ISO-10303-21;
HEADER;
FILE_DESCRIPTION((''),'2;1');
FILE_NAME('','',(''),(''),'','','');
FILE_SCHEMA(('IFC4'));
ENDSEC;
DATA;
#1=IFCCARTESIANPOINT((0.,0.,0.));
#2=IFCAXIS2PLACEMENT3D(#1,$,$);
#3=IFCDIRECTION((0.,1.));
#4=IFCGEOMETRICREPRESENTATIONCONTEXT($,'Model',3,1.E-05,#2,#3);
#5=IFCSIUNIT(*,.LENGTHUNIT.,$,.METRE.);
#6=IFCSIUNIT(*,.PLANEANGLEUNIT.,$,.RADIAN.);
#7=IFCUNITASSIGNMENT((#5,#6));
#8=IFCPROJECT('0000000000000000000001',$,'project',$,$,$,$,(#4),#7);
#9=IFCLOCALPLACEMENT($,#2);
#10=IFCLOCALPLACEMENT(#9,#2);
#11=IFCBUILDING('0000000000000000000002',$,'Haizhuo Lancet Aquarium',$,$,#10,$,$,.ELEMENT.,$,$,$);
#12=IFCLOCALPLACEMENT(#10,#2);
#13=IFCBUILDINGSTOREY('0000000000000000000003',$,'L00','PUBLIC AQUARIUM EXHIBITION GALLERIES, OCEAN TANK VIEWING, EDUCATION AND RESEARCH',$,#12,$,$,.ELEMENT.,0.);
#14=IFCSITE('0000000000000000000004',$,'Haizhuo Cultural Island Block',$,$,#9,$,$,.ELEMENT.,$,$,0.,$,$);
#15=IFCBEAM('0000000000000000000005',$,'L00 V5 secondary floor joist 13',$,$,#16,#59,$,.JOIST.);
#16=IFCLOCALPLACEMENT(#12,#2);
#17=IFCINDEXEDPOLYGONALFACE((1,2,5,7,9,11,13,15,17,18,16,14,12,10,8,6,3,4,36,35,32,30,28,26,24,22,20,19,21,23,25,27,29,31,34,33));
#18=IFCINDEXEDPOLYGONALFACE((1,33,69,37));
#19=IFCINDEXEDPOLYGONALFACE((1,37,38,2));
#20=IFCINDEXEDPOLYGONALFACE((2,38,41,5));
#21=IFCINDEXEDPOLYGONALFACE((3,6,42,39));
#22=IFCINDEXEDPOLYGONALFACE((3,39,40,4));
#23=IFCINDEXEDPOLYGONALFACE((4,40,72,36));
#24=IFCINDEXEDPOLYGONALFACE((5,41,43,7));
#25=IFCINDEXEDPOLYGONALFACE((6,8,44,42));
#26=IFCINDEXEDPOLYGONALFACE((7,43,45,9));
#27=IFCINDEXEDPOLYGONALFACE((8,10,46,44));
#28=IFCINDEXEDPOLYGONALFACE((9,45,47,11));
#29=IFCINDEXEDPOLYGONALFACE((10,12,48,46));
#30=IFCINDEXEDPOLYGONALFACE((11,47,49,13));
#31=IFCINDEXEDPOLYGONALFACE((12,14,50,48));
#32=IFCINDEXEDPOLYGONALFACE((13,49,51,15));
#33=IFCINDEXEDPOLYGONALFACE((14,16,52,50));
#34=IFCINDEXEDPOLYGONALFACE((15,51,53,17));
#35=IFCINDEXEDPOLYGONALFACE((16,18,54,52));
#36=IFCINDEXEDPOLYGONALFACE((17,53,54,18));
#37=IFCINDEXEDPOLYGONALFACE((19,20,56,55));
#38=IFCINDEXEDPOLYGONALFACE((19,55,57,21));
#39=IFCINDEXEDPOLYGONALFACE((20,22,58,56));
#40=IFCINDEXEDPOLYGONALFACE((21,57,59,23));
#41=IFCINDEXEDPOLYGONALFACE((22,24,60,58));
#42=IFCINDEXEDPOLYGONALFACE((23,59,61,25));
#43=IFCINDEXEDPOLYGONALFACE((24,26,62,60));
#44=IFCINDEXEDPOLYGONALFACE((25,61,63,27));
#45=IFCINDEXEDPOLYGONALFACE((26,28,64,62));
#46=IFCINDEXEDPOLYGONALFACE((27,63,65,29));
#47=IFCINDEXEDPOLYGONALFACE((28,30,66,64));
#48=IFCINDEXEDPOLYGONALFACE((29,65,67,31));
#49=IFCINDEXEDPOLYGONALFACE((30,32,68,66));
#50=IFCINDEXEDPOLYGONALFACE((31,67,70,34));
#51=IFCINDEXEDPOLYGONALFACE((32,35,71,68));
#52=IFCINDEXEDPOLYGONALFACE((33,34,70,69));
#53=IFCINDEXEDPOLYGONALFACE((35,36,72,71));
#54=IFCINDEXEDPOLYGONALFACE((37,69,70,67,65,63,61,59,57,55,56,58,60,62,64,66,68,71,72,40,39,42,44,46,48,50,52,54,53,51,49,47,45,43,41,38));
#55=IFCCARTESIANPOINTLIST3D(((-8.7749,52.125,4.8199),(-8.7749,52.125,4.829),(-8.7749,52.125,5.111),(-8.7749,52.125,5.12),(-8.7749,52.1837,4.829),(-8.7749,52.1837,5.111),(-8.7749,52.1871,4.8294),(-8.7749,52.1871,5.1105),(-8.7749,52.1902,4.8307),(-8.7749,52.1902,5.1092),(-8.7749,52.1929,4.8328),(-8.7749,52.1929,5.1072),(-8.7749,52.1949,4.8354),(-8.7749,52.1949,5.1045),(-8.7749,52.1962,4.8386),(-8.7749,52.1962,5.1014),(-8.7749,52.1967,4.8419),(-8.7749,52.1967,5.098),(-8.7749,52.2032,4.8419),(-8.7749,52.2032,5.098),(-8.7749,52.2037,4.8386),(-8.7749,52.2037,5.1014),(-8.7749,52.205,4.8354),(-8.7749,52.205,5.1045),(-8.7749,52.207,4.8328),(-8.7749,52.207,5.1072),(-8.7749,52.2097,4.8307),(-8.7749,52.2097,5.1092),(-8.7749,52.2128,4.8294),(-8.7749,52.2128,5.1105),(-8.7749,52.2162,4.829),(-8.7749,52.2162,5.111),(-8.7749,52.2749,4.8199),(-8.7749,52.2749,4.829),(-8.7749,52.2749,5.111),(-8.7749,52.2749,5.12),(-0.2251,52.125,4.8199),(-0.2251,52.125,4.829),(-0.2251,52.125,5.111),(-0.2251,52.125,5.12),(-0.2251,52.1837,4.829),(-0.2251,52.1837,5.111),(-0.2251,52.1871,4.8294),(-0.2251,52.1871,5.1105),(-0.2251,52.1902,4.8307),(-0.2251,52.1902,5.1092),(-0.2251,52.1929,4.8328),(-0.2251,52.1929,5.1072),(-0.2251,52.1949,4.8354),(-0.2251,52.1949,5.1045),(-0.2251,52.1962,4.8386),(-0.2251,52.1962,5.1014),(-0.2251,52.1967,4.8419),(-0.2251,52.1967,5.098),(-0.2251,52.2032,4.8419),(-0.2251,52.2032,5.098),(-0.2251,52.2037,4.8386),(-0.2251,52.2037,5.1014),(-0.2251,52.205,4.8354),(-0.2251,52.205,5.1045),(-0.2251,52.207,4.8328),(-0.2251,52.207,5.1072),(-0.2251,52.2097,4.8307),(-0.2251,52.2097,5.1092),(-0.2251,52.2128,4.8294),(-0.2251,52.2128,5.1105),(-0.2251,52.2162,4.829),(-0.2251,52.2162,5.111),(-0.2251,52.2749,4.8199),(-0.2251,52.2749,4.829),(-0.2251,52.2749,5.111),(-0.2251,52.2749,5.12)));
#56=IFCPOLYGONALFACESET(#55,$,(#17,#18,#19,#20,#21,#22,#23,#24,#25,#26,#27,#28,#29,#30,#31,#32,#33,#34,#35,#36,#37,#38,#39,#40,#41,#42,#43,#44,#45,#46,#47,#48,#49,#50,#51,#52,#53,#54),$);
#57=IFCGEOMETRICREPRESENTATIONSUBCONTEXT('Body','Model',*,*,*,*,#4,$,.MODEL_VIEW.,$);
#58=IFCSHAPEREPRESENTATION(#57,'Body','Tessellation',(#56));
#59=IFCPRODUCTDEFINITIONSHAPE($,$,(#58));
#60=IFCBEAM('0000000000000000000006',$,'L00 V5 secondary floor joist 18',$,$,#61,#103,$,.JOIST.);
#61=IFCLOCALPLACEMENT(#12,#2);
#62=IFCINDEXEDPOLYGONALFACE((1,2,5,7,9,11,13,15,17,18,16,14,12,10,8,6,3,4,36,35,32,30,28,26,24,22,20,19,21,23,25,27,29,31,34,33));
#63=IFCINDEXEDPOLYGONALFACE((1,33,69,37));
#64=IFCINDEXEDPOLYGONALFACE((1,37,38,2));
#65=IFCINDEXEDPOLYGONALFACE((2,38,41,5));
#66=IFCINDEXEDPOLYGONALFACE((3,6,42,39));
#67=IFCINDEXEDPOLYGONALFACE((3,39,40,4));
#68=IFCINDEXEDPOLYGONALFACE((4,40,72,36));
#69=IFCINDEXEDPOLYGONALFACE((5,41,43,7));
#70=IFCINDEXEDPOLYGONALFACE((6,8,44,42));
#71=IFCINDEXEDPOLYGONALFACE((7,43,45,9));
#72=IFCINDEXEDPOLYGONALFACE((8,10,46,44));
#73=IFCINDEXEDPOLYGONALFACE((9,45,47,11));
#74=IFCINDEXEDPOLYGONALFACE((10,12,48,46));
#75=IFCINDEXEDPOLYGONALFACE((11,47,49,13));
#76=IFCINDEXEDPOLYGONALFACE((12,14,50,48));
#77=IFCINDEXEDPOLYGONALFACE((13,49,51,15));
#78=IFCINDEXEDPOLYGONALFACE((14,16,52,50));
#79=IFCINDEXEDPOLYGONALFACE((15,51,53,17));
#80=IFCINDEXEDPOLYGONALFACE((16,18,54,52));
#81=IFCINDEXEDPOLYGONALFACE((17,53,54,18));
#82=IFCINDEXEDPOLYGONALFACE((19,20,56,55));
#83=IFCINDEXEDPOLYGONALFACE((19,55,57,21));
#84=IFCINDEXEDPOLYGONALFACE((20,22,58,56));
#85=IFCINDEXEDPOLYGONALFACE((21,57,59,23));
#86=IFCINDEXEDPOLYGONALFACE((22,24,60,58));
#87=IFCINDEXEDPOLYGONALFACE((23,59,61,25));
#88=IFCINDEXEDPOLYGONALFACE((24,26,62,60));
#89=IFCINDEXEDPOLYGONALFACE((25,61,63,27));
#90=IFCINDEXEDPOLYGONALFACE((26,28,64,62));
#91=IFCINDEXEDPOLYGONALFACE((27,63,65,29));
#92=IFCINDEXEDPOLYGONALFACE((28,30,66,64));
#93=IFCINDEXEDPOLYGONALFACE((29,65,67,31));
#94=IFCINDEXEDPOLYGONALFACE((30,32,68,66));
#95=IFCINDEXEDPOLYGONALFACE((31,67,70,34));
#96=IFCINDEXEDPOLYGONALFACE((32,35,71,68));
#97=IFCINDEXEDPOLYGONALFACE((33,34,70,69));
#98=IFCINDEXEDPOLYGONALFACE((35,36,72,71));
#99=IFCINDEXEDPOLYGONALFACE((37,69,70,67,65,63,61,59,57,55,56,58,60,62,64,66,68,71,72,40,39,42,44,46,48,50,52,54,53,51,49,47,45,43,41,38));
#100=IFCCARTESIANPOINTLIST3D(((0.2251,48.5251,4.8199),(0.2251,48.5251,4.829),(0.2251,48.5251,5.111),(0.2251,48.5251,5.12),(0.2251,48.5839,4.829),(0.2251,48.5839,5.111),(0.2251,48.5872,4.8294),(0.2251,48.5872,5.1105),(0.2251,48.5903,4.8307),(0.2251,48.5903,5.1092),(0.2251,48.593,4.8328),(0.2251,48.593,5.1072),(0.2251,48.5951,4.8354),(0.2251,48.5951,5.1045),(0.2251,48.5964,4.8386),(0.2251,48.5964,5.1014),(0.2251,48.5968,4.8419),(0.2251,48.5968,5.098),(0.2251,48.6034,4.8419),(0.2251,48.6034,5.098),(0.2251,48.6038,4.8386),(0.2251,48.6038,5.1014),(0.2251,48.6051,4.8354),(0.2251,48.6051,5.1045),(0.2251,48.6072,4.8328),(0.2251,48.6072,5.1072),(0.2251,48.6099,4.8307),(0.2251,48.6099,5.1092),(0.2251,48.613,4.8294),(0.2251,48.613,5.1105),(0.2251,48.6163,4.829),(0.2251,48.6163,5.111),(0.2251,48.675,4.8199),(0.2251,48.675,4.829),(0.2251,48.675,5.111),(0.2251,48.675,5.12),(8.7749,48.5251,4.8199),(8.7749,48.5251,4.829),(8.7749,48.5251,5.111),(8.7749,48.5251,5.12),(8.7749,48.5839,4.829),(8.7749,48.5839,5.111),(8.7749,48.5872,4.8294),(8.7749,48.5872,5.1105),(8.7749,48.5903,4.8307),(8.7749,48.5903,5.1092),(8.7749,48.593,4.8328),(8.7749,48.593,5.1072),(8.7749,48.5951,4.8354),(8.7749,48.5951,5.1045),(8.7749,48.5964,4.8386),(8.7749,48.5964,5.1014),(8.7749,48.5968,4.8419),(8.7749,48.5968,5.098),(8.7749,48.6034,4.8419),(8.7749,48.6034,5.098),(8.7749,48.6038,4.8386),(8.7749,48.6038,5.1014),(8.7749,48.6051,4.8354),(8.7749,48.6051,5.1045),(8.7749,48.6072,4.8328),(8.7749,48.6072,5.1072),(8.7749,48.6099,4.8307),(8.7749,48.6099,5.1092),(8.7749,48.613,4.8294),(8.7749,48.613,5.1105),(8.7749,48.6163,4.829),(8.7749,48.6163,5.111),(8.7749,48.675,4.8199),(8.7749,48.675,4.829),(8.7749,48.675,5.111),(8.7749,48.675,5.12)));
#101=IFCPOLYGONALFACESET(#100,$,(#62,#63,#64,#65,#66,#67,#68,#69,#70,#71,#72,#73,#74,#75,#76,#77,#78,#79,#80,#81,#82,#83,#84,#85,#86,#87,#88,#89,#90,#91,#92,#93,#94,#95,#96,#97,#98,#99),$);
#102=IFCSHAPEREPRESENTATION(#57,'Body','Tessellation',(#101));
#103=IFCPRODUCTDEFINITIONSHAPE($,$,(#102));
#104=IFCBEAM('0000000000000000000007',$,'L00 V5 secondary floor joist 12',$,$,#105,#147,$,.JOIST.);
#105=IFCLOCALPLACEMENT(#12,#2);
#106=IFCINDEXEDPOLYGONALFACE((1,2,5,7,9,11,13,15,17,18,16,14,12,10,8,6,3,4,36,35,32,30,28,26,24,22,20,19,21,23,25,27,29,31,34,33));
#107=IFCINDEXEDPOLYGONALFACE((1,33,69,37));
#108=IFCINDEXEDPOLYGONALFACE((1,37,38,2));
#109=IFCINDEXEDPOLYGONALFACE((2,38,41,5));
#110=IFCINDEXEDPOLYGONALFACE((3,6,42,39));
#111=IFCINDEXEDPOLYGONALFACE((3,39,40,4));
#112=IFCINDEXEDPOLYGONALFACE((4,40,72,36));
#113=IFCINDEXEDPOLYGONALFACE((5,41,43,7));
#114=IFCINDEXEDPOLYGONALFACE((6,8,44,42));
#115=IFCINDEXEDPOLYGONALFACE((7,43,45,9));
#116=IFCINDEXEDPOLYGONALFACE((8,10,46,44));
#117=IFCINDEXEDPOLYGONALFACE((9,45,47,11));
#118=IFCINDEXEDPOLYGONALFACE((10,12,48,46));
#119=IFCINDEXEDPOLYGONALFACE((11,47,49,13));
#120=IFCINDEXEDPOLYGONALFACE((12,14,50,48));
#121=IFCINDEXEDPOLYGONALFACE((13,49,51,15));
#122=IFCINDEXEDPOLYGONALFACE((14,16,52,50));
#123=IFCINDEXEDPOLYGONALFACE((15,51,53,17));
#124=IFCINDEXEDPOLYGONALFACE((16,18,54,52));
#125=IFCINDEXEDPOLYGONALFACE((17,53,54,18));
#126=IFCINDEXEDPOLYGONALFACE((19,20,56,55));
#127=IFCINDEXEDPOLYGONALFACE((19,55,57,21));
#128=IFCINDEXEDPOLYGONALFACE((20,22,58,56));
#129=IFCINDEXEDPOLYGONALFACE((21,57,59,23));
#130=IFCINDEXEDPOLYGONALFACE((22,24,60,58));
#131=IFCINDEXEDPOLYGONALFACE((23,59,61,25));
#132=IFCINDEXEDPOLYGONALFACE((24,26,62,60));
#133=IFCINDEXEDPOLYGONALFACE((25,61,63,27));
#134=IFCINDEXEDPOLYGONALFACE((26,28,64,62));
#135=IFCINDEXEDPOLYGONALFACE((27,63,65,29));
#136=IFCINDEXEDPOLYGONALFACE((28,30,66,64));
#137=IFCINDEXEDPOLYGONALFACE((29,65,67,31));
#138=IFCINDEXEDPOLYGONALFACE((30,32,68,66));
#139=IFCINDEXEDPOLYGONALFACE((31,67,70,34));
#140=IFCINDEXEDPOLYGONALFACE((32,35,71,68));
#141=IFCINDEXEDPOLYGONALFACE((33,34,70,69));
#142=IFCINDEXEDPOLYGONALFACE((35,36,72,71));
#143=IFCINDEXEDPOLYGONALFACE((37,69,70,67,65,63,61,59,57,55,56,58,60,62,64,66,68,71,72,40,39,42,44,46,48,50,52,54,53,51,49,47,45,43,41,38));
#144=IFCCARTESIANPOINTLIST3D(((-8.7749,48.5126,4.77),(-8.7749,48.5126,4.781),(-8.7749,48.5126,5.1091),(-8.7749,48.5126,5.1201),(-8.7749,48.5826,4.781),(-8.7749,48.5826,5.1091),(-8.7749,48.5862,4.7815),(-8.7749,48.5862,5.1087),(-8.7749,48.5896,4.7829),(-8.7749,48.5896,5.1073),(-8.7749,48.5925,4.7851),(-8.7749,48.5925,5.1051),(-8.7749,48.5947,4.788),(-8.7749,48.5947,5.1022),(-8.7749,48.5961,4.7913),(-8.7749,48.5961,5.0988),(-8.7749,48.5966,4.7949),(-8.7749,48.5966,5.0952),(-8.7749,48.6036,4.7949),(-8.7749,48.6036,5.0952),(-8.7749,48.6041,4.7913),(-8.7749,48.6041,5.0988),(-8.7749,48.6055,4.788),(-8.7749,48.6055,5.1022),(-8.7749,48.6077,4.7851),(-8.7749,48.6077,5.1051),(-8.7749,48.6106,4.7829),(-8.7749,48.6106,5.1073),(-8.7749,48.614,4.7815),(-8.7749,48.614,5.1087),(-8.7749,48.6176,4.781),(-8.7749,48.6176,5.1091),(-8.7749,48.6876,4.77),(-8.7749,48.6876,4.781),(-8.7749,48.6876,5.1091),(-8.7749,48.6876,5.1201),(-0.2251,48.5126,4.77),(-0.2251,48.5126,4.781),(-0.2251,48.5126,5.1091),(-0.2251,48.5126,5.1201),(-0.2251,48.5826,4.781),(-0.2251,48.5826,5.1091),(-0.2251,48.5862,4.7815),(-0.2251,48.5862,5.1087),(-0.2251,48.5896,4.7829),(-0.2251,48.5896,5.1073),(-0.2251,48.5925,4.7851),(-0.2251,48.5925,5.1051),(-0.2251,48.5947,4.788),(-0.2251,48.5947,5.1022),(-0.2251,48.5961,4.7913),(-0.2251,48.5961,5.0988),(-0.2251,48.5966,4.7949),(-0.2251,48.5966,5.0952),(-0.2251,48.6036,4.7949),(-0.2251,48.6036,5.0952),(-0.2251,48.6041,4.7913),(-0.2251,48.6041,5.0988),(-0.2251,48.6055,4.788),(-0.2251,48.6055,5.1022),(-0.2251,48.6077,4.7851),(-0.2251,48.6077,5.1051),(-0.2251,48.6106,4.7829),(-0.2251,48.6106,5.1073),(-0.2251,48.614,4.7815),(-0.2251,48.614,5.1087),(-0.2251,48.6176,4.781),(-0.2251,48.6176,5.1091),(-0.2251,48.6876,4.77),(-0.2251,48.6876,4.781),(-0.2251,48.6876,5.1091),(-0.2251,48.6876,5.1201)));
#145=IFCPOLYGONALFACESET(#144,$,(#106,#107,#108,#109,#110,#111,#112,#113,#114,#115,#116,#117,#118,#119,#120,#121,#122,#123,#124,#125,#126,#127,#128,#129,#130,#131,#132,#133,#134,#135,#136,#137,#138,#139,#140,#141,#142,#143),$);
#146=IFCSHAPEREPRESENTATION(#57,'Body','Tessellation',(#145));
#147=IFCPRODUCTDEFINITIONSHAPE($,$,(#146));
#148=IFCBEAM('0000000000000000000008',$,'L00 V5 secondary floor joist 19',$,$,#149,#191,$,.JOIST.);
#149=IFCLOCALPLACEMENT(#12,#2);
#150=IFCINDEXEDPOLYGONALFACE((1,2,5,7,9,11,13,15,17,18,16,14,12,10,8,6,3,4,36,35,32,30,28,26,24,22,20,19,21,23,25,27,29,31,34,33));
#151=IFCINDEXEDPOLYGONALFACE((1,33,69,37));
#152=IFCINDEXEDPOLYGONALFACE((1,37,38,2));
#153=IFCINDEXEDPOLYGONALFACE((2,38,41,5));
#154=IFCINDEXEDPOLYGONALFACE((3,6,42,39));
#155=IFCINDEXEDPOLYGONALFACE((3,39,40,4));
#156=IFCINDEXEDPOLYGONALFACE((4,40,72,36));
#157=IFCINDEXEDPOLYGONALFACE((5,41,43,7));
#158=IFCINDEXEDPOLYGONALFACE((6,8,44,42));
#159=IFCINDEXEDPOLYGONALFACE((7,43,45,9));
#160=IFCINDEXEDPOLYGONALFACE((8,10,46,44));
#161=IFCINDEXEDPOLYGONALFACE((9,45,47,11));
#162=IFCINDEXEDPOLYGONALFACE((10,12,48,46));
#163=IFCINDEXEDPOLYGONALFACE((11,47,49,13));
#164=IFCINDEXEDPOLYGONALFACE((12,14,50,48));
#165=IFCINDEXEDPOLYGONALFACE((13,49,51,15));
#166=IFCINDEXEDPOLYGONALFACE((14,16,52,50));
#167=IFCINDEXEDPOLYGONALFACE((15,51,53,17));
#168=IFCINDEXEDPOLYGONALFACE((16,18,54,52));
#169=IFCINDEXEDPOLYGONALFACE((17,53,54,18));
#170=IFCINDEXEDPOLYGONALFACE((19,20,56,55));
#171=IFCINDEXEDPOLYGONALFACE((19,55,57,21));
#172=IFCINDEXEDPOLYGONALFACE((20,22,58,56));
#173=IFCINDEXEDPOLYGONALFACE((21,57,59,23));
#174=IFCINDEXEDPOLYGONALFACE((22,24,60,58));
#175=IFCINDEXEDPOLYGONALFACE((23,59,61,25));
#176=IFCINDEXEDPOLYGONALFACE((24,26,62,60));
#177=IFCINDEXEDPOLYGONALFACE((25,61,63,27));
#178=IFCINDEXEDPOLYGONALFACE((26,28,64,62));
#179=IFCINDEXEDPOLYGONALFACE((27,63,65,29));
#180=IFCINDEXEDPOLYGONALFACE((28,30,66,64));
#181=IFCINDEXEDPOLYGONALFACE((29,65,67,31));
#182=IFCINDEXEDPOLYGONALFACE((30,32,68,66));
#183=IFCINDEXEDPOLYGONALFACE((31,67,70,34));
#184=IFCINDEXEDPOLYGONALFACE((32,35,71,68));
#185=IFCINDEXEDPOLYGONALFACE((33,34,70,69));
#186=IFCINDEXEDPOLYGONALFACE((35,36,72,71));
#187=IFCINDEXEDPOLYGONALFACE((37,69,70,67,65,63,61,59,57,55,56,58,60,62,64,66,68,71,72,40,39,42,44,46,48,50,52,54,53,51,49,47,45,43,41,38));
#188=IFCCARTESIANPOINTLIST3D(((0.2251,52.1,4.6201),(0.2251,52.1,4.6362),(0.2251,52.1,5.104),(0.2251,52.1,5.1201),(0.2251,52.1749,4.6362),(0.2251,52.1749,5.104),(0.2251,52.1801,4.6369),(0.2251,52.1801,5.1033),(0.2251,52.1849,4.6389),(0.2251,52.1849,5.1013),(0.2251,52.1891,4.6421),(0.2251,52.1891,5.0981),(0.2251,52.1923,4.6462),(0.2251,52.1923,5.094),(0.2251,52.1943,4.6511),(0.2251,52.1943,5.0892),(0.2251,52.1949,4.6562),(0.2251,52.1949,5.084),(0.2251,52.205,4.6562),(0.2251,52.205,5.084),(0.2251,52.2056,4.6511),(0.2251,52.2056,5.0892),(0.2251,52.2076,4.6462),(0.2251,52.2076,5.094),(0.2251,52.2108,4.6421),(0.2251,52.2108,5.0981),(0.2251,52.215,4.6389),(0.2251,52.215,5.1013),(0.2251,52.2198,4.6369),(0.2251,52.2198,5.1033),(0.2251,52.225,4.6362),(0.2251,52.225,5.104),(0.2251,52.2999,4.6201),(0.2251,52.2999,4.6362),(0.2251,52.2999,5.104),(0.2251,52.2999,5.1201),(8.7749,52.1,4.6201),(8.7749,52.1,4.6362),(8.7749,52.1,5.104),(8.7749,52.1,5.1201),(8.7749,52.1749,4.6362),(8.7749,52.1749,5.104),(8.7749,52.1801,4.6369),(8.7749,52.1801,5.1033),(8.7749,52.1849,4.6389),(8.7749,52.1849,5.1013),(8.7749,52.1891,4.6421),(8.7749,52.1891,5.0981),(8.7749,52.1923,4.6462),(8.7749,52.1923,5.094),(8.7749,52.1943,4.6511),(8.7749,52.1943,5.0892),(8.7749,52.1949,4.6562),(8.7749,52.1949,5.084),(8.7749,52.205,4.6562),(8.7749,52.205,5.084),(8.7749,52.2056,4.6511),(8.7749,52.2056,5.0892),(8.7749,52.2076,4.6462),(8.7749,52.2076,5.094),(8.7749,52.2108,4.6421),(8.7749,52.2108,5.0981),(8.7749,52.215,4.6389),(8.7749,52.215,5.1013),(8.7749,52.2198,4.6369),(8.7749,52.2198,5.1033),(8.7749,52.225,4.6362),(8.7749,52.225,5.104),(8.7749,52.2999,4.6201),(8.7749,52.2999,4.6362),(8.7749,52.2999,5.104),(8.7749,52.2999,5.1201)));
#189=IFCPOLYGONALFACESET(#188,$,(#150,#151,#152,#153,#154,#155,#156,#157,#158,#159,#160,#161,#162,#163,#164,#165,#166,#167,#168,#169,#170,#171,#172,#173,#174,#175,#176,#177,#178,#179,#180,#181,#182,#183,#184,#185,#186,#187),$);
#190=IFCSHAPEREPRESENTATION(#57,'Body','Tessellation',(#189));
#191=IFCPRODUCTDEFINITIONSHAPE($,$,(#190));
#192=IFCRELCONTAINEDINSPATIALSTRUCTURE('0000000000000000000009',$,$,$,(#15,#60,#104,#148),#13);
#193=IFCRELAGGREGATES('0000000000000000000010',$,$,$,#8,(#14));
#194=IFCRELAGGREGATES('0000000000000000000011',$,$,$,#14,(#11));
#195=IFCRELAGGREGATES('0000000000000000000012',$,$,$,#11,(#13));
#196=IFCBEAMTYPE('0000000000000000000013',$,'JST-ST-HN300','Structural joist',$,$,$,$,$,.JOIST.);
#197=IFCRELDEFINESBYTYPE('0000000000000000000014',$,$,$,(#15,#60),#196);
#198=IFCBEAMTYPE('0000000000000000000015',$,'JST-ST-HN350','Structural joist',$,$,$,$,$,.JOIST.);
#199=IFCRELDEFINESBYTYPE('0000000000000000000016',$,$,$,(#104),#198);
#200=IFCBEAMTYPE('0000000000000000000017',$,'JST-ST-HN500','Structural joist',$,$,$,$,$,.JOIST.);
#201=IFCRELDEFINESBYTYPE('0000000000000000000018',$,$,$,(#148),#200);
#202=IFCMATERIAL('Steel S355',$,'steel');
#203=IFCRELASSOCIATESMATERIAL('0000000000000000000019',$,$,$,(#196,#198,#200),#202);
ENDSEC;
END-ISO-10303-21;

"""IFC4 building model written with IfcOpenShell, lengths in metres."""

from ifc_helpers import new_model, si_unit, direction, frame, origin, origin_2d, place, context, subcontext, project, spatial, i_section, extrude, material, material_profile, profile_set, type_object, element, save


model = new_model("IFC4")

# Units and contexts
model_context = context("Model", 3, precision=1e-05, world=origin(), true_north=direction((0.0, 1.0)))
body_context = subcontext(model_context, "Body", "Model", "MODEL_VIEW")
ifc_project = project(units=[si_unit("LENGTHUNIT", "METRE"), si_unit("PLANEANGLEUNIT", "RADIAN")], contexts=[model_context])

# Site, building, storey
site_placement = place(None, origin())
site = spatial("IfcSite", under=ifc_project, at=site_placement, Name="Haizhuo Cultural Island Block", CompositionType="ELEMENT", RefElevation=0.0)
building_placement = place(site_placement, origin())
building = spatial("IfcBuilding", under=site, at=building_placement, Name="Haizhuo Lancet Aquarium", CompositionType="ELEMENT")
storey_placement = place(building_placement, origin())
storey = spatial("IfcBuildingStorey", under=building, at=storey_placement, Name="L00", Description="PUBLIC AQUARIUM EXHIBITION GALLERIES, OCEAN TANK VIEWING, EDUCATION AND RESEARCH", CompositionType="ELEMENT", Elevation=0.0)

# Beams
ifc_material_1 = material(Name="Steel S355", Category="steel")
ifc_material_profile_1 = material_profile(ifc_material_1, i_section(OverallWidth=0.1499, OverallDepth=0.3, WebThickness=0.0066, FlangeThickness=0.009, FilletRadius=0.0129, at=origin_2d()), Name="HN 300x150x6.5x9")
ifc_profile_set_1 = profile_set([ifc_material_profile_1], Name="Steel S355")
beam_type_1 = type_object("IfcBeamType", Name="JST-ST-HN300", Description="Structural joist", PredefinedType="JOIST", material=ifc_profile_set_1)
for number, where, z_axis, x_axis, name in (
    (1, (-8.7749, 52.2, 4.97), (1.0, 0.0, 0.0), (0.0, 1.0, 0.0), "L00 V5 secondary floor joist 13"),
    (2, (0.2251, 48.6001, 4.97), (1.0, 0.0, 0.0), (0.0, 1.0, 0.0), "L00 V5 secondary floor joist 18"),
):
    element("IfcBeam", number, at=place(storey_placement, frame(where, z_axis=z_axis, x_axis=x_axis)), inside=storey, type_object=beam_type_1, Name=name, PredefinedType="JOIST", context=body_context, shape_type="SweptSolid", body=[
        extrude(i_section(OverallWidth=0.1499, OverallDepth=0.3, WebThickness=0.0066, FlangeThickness=0.009, FilletRadius=0.0129, at=origin_2d()), origin(), (0.0, 0.0, 1.0), 8.5498),
    ])
ifc_material_profile_2 = material_profile(ifc_material_1, i_section(OverallWidth=0.175, OverallDepth=0.3501, WebThickness=0.0071, FlangeThickness=0.011, FilletRadius=0.0139, at=origin_2d()), Name="HN 350x175x7x11")
ifc_profile_set_2 = profile_set([ifc_material_profile_2], Name="Steel S355")
beam_type_2 = type_object("IfcBeamType", Name="JST-ST-HN350", Description="Structural joist", PredefinedType="JOIST", material=ifc_profile_set_2)
beam_1_placement = place(storey_placement, frame((-8.7749, 48.6001, 4.9451), z_axis=(1.0, 0.0, 0.0), x_axis=(0.0, 1.0, 0.0)))
element("IfcBeam", 3, at=beam_1_placement, inside=storey, type_object=beam_type_2, Name="L00 V5 secondary floor joist 12", PredefinedType="JOIST", context=body_context, shape_type="SweptSolid", body=[
    extrude(i_section(OverallWidth=0.175, OverallDepth=0.3501, WebThickness=0.0071, FlangeThickness=0.011, FilletRadius=0.0139, at=origin_2d()), origin(), (0.0, 0.0, 1.0), 8.5498),
])
ifc_material_profile_3 = material_profile(ifc_material_1, i_section(OverallWidth=0.2, OverallDepth=0.5, WebThickness=0.01, FlangeThickness=0.0161, FilletRadius=0.02, at=origin_2d()), Name="HN 500x200x10x16")
ifc_profile_set_3 = profile_set([ifc_material_profile_3], Name="Steel S355")
beam_type_3 = type_object("IfcBeamType", Name="JST-ST-HN500", Description="Structural joist", PredefinedType="JOIST", material=ifc_profile_set_3)
beam_2_placement = place(storey_placement, frame((0.2251, 52.2, 4.8701), z_axis=(1.0, 0.0, 0.0), x_axis=(0.0, 1.0, 0.0)))
element("IfcBeam", 4, at=beam_2_placement, inside=storey, type_object=beam_type_3, Name="L00 V5 secondary floor joist 19", PredefinedType="JOIST", context=body_context, shape_type="SweptSolid", body=[
    extrude(i_section(OverallWidth=0.2, OverallDepth=0.5, WebThickness=0.01, FlangeThickness=0.0161, FilletRadius=0.02, at=origin_2d()), origin(), (0.0, 0.0, 1.0), 8.5498),
])

save(model, "model.ifc")
